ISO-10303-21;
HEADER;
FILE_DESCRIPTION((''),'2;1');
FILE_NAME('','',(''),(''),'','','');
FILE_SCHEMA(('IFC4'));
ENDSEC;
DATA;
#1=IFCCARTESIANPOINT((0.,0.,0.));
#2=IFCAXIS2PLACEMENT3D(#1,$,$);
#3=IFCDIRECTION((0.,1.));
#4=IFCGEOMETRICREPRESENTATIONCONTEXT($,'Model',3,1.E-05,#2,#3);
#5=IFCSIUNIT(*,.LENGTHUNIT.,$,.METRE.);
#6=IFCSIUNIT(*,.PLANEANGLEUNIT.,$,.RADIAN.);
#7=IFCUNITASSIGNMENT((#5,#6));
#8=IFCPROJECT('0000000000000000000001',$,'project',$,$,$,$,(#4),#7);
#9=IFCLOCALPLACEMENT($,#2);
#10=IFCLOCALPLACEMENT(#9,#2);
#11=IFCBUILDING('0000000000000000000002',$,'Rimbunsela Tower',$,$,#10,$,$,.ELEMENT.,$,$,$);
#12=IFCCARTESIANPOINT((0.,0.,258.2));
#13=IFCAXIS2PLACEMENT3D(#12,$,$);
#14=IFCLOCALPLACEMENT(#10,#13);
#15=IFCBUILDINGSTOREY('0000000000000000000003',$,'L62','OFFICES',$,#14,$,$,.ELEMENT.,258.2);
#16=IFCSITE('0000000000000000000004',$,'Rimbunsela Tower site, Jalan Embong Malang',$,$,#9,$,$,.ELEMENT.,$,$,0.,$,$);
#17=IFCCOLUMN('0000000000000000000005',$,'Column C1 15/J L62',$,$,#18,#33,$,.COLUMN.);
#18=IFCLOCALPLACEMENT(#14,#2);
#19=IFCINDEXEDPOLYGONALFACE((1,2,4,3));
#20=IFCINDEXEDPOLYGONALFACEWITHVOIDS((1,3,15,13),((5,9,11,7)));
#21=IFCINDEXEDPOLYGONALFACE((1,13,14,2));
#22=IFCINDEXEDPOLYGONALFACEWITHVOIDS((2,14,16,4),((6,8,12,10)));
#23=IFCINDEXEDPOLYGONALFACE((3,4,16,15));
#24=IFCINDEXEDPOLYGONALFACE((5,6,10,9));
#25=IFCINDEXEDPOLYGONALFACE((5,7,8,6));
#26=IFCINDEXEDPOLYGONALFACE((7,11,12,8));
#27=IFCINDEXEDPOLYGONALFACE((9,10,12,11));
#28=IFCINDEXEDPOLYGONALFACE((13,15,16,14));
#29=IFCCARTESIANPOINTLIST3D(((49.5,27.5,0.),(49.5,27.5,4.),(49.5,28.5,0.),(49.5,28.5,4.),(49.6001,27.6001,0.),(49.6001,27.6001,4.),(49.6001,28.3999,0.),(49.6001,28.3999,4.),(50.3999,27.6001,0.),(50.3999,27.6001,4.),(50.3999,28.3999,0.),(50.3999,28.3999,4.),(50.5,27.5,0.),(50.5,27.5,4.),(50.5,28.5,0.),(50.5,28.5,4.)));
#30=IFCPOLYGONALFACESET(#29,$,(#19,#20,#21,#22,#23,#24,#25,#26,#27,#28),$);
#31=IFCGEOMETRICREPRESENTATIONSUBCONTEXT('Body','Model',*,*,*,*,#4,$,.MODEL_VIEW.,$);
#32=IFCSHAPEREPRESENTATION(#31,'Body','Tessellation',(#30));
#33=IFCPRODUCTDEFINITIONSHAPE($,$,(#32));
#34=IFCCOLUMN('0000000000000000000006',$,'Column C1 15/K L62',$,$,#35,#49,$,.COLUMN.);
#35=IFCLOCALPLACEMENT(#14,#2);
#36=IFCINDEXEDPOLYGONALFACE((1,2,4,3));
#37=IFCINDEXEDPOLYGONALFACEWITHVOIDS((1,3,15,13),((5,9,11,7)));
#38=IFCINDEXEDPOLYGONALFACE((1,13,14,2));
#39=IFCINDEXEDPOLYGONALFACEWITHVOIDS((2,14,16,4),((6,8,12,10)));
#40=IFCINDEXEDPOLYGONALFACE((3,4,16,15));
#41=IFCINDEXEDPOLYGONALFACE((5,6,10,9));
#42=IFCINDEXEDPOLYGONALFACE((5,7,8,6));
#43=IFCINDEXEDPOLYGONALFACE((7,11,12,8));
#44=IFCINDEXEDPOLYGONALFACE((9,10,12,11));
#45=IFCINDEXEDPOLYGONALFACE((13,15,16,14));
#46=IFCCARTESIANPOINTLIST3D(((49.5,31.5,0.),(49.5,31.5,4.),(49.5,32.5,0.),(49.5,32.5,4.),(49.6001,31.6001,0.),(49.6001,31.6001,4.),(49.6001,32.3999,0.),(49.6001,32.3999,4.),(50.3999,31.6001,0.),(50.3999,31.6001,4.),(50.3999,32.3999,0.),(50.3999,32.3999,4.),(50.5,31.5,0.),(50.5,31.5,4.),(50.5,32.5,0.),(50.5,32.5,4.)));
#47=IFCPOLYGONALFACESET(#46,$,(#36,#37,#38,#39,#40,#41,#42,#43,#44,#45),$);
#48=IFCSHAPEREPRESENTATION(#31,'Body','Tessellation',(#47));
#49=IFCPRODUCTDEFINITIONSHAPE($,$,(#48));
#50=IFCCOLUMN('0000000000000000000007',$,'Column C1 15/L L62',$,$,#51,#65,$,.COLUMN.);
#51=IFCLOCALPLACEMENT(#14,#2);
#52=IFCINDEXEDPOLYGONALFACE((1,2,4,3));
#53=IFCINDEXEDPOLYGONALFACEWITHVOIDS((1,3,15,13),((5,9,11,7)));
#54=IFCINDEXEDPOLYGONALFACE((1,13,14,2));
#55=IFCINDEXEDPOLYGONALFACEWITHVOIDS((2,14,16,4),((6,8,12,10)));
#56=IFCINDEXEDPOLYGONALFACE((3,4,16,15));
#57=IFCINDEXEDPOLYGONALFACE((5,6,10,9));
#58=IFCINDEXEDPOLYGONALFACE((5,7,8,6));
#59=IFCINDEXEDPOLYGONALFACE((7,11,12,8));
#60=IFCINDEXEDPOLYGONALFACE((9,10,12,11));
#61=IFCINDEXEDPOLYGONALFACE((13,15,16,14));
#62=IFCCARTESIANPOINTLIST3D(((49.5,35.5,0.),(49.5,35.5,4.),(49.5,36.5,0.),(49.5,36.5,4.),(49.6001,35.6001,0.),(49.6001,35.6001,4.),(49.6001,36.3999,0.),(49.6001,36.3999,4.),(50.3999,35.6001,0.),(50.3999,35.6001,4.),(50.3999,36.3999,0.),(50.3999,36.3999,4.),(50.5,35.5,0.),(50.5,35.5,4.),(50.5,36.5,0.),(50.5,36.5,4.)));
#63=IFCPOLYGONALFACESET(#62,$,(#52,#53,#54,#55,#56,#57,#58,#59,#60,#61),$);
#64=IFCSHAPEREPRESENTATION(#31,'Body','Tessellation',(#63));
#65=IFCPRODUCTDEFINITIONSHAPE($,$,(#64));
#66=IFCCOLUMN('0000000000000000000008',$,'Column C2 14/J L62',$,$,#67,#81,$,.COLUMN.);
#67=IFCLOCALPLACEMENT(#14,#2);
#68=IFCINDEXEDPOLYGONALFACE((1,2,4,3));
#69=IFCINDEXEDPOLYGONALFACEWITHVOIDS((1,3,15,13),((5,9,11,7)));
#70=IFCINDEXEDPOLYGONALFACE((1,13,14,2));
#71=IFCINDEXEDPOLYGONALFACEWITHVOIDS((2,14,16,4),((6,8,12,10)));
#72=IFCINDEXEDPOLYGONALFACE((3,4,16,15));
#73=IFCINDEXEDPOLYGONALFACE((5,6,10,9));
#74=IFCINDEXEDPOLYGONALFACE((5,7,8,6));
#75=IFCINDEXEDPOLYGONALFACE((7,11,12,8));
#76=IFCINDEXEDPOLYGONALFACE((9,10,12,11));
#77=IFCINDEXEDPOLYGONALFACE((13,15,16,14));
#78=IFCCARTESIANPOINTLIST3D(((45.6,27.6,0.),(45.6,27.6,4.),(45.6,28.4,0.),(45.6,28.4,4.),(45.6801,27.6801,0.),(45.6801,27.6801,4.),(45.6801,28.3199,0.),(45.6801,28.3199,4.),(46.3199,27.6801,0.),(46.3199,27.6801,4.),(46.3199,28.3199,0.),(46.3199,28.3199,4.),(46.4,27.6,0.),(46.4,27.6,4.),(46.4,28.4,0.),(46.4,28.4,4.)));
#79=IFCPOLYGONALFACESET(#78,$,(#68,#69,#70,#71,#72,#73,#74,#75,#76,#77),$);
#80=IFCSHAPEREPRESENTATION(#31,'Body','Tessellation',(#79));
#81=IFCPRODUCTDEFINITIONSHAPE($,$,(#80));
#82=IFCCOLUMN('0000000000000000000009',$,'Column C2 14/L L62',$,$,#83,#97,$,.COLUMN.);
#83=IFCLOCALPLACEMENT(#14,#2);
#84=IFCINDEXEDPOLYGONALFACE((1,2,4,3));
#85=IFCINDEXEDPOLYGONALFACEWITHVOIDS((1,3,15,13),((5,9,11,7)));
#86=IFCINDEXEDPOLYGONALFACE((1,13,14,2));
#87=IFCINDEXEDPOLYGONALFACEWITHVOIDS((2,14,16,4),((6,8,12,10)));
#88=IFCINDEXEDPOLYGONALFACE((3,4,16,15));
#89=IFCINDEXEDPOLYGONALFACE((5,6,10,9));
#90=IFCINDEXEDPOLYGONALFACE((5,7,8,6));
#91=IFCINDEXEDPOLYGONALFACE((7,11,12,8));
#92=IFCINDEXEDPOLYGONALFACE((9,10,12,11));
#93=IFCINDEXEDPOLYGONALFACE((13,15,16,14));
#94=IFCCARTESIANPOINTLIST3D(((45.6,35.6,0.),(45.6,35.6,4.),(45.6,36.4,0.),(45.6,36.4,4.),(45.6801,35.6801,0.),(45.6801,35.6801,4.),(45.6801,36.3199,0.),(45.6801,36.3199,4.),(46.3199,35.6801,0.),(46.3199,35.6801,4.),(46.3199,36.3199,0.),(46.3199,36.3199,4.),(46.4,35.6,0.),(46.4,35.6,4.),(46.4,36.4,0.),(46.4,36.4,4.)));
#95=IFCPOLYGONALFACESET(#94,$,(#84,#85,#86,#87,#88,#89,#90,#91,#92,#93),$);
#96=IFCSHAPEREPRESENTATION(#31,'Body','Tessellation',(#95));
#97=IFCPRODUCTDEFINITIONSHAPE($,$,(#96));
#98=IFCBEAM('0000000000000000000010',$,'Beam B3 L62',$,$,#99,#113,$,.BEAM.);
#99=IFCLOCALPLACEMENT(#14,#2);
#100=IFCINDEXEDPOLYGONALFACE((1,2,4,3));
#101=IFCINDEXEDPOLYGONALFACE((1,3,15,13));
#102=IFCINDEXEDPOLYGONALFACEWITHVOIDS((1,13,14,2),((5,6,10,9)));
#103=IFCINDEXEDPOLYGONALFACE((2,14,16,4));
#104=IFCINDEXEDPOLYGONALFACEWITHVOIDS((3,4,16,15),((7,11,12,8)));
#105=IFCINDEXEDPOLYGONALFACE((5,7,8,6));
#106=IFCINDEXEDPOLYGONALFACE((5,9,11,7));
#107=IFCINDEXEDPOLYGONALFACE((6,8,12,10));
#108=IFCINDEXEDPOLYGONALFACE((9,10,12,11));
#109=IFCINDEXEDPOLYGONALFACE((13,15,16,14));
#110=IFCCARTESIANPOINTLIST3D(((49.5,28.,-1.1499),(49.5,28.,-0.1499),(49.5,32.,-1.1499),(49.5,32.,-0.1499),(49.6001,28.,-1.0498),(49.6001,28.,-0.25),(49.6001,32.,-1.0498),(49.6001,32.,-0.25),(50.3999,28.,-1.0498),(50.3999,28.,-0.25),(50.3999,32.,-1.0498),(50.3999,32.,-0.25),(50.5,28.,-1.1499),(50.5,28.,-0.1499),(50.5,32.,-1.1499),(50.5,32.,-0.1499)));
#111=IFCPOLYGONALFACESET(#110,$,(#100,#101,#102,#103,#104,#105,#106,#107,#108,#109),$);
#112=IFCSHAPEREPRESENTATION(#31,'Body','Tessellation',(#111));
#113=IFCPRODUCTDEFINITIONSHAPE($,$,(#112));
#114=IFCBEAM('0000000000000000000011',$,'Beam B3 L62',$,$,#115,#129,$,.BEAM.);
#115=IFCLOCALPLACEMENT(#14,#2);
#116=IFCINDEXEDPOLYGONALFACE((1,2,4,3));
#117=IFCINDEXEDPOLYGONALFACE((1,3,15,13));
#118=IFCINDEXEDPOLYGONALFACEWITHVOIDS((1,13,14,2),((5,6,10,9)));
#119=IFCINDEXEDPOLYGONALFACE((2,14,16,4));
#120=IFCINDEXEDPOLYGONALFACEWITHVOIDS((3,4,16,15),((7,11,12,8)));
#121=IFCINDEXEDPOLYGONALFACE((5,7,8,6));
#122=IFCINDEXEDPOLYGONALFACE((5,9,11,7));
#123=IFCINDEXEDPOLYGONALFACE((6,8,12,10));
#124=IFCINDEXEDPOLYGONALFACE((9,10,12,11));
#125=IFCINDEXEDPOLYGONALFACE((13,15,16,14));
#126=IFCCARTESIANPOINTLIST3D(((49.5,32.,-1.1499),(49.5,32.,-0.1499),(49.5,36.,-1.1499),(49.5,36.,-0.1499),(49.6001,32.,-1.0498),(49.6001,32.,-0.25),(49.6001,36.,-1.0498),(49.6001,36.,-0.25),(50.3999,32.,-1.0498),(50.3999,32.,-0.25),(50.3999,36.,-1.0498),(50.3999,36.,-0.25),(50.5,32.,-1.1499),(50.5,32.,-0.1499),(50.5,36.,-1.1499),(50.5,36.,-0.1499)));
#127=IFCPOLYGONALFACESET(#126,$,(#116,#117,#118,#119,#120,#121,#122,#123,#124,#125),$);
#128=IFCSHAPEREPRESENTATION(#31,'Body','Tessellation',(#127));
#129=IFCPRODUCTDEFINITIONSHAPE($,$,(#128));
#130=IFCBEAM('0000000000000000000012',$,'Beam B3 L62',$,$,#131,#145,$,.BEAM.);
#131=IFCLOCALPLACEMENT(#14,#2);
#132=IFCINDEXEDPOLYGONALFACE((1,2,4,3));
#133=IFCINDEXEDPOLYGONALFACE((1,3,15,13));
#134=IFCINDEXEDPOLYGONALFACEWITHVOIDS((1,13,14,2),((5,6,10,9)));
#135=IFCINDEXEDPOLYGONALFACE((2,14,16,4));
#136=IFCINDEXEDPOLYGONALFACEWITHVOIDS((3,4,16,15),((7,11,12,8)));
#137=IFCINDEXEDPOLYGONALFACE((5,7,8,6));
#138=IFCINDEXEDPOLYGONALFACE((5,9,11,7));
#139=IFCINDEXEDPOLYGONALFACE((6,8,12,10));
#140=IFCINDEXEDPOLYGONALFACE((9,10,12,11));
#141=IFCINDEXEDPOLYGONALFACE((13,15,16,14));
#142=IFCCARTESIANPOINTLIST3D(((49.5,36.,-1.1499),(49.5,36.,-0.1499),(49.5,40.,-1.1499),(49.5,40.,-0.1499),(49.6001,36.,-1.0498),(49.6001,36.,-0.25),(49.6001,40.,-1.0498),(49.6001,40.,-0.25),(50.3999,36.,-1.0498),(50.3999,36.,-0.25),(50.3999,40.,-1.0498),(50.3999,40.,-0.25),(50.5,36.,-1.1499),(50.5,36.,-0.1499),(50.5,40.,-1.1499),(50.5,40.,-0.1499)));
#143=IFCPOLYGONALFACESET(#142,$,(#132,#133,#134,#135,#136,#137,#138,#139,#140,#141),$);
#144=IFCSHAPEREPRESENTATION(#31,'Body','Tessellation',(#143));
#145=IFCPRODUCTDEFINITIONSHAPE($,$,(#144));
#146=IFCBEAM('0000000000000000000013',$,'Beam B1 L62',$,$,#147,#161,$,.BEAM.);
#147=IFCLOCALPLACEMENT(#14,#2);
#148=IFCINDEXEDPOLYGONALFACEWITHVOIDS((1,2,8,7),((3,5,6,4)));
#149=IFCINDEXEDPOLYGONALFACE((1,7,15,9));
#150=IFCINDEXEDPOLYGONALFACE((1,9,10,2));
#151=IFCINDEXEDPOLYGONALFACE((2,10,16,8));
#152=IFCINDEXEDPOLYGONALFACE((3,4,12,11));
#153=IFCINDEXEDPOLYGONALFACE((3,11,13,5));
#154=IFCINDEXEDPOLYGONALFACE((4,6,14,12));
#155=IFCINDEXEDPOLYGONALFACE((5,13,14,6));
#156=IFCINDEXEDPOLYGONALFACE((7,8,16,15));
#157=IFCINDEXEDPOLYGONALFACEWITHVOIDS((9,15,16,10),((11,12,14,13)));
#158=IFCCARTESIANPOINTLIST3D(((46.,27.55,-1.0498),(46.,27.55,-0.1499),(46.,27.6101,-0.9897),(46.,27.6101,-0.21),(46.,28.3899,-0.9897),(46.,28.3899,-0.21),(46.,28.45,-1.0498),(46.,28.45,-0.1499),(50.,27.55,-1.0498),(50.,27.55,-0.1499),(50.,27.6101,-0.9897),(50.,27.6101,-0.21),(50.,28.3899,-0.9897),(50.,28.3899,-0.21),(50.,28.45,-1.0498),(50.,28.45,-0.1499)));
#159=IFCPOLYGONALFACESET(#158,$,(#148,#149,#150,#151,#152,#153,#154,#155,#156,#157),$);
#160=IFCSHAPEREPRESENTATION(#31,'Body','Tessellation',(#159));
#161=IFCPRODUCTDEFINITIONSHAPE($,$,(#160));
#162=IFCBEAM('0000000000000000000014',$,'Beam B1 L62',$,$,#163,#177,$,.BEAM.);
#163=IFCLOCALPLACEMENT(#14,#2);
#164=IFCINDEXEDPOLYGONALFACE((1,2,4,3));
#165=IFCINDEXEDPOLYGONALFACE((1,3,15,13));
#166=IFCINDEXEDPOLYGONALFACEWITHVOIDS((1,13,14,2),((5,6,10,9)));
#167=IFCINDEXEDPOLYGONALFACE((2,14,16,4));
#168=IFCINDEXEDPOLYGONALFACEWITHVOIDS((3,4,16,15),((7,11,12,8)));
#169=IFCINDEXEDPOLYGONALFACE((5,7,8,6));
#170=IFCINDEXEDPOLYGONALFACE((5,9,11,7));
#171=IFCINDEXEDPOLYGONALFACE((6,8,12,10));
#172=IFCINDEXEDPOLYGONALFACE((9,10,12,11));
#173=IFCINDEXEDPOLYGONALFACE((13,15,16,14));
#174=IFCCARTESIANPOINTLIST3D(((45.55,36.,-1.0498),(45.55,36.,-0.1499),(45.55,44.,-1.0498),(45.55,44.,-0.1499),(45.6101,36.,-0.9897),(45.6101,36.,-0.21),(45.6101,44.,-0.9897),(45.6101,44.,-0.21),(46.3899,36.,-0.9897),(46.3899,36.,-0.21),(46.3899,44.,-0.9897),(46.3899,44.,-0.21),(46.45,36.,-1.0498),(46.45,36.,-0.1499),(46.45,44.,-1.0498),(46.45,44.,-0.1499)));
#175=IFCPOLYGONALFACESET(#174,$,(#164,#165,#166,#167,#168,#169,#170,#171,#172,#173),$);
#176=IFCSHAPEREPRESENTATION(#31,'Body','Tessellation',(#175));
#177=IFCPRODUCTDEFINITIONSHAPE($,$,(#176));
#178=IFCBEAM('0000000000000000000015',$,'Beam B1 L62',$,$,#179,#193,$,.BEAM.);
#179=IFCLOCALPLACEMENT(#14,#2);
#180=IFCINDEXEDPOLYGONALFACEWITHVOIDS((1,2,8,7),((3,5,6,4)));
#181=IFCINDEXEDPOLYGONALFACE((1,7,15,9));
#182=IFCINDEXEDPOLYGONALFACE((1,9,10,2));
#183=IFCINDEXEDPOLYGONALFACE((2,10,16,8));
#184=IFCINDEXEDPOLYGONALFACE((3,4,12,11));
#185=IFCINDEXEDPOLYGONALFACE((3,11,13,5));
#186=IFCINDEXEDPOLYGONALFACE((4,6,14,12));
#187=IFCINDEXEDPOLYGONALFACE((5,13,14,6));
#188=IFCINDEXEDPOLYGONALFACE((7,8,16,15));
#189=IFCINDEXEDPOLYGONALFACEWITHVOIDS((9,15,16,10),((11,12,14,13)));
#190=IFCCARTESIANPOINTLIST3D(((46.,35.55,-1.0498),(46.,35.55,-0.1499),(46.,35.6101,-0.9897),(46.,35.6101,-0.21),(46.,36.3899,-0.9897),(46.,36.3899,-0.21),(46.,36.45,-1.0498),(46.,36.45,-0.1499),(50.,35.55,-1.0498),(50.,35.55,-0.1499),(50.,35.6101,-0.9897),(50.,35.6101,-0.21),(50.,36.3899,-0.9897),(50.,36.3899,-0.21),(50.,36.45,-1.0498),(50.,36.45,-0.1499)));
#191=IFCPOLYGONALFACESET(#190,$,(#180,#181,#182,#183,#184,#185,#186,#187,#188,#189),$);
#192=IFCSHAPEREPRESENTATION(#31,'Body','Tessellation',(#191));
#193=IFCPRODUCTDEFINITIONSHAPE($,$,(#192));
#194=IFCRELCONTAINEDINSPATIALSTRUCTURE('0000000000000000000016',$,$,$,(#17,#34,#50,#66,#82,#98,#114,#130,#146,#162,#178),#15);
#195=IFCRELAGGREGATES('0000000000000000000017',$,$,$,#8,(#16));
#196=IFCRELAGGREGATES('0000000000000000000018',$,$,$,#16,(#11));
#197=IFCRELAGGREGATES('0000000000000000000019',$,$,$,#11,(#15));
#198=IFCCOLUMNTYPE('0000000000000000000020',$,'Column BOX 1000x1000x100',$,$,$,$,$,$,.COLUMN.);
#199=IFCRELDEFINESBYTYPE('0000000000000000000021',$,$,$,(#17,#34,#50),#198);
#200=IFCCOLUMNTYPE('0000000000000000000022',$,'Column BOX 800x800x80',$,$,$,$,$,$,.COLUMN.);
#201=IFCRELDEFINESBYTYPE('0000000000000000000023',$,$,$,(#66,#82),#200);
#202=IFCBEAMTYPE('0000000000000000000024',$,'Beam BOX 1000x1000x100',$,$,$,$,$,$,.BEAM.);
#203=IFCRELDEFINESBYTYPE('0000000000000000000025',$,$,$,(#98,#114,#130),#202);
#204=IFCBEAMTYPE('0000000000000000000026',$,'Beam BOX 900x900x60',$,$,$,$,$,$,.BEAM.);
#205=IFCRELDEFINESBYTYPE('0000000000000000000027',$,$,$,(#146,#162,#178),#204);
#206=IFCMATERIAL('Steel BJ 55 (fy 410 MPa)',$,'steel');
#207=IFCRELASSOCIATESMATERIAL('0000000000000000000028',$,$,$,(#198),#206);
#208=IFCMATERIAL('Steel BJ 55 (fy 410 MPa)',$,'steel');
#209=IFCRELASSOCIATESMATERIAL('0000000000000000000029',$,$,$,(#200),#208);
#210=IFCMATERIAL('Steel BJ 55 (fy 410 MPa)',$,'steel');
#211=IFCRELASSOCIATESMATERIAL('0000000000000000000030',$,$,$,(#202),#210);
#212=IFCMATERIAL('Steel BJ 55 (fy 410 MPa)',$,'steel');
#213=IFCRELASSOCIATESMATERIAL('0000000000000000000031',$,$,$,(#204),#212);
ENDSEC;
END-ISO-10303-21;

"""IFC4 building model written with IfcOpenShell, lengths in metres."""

from ifc_helpers import new_model, si_unit, direction, frame, origin, origin_2d, place, context, subcontext, project, spatial, hollow_rectangle, extrude, material, material_profile, profile_set, type_object, element, save


model = new_model("IFC4")

# Units and contexts
model_context = context("Model", 3, precision=1e-05, world=origin(), true_north=direction((0.0, 1.0)))
body_context = subcontext(model_context, "Body", "Model", "MODEL_VIEW")
ifc_project = project(units=[si_unit("LENGTHUNIT", "METRE"), si_unit("PLANEANGLEUNIT", "RADIAN")], contexts=[model_context])

# Site, building, storey
site_placement = place(None, origin())
site = spatial("IfcSite", under=ifc_project, at=site_placement, Name="Rimbunsela Tower site, Jalan Embong Malang", CompositionType="ELEMENT", RefElevation=0.0)
building_placement = place(site_placement, origin())
building = spatial("IfcBuilding", under=site, at=building_placement, Name="Rimbunsela Tower", CompositionType="ELEMENT")
storey_placement = place(building_placement, frame((0.0, 0.0, 258.2)))
storey = spatial("IfcBuildingStorey", under=building, at=storey_placement, Name="L62", Description="OFFICES", CompositionType="ELEMENT", Elevation=258.2)

# Columns
ifc_material_1 = material(Name="Steel BJ 55 (fy 410 MPa)", Category="steel")
ifc_material_profile_1 = material_profile(ifc_material_1, hollow_rectangle(XDim=1.0, YDim=1.0, WallThickness=0.1001, at=origin_2d()), Name="BOX 1000x1000x100")
ifc_profile_set_1 = profile_set([ifc_material_profile_1], Name="Steel BJ 55 (fy 410 MPa)")
column_type_1 = type_object("IfcColumnType", Name="Column BOX 1000x1000x100", PredefinedType="COLUMN", material=ifc_profile_set_1)
for number, where, z_axis, x_axis, name in (
    (1, (50.0, 28.0, 0.0), (0.0, 0.0, 1.0), (1.0, 0.0, 0.0), "Column C1 15/J L62"),
    (2, (50.0, 32.0, 0.0), (0.0, 0.0, 1.0), (1.0, 0.0, 0.0), "Column C1 15/K L62"),
    (3, (50.0, 36.0, 0.0), (0.0, 0.0, 1.0), (1.0, 0.0, 0.0), "Column C1 15/L L62"),
):
    element("IfcColumn", number, at=place(storey_placement, frame(where, z_axis=z_axis, x_axis=x_axis)), inside=storey, type_object=column_type_1, Name=name, PredefinedType="COLUMN", context=body_context, shape_type="SweptSolid", body=[
        extrude(hollow_rectangle(XDim=1.0, YDim=1.0, WallThickness=0.1001, at=origin_2d()), origin(), (0.0, 0.0, 1.0), 4.0),
    ])
ifc_material_2 = material(Name="Steel BJ 55 (fy 410 MPa)", Category="steel")
ifc_material_profile_2 = material_profile(ifc_material_2, hollow_rectangle(XDim=0.8, YDim=0.8, WallThickness=0.0801, at=origin_2d()), Name="BOX 800x800x80")
ifc_profile_set_2 = profile_set([ifc_material_profile_2], Name="Steel BJ 55 (fy 410 MPa)")
column_type_2 = type_object("IfcColumnType", Name="Column BOX 800x800x80", PredefinedType="COLUMN", material=ifc_profile_set_2)
for number, where, z_axis, x_axis, name in (
    (4, (46.0, 28.0, 0.0), (0.0, 0.0, 1.0), (1.0, 0.0, 0.0), "Column C2 14/J L62"),
    (5, (46.0, 36.0, 0.0), (0.0, 0.0, 1.0), (1.0, 0.0, 0.0), "Column C2 14/L L62"),
):
    element("IfcColumn", number, at=place(storey_placement, frame(where, z_axis=z_axis, x_axis=x_axis)), inside=storey, type_object=column_type_2, Name=name, PredefinedType="COLUMN", context=body_context, shape_type="SweptSolid", body=[
        extrude(hollow_rectangle(XDim=0.8, YDim=0.8, WallThickness=0.0801, at=origin_2d()), origin(), (0.0, 0.0, 1.0), 4.0),
    ])

# Beams
ifc_material_3 = material(Name="Steel BJ 55 (fy 410 MPa)", Category="steel")
ifc_material_profile_3 = material_profile(ifc_material_3, hollow_rectangle(XDim=1.0, YDim=1.0, WallThickness=0.1001, at=origin_2d()), Name="BOX 1000x1000x100")
ifc_profile_set_3 = profile_set([ifc_material_profile_3], Name="Steel BJ 55 (fy 410 MPa)")
beam_type_1 = type_object("IfcBeamType", Name="Beam BOX 1000x1000x100", PredefinedType="BEAM", material=ifc_profile_set_3)
for number, where, z_axis, x_axis, name in (
    (6, (50.0, 28.0, -0.6499), (0.0, 1.0, 0.0), (-1.0, 0.0, 0.0), "Beam B3 L62"),
    (7, (50.0, 32.0, -0.6499), (0.0, 1.0, 0.0), (-1.0, 0.0, 0.0), "Beam B3 L62"),
    (8, (50.0, 36.0, -0.6499), (0.0, 1.0, 0.0), (-1.0, 0.0, 0.0), "Beam B3 L62"),
):
    element("IfcBeam", number, at=place(storey_placement, frame(where, z_axis=z_axis, x_axis=x_axis)), inside=storey, type_object=beam_type_1, Name=name, PredefinedType="BEAM", context=body_context, shape_type="SweptSolid", body=[
        extrude(hollow_rectangle(XDim=1.0, YDim=1.0, WallThickness=0.1001, at=origin_2d()), origin(), (0.0, 0.0, 1.0), 4.0),
    ])
ifc_material_4 = material(Name="Steel BJ 55 (fy 410 MPa)", Category="steel")
ifc_material_profile_4 = material_profile(ifc_material_4, hollow_rectangle(XDim=0.8999, YDim=0.8999, WallThickness=0.0601, at=origin_2d()), Name="BOX 900x900x60")
ifc_profile_set_4 = profile_set([ifc_material_profile_4], Name="Steel BJ 55 (fy 410 MPa)")
beam_type_2 = type_object("IfcBeamType", Name="Beam BOX 900x900x60", PredefinedType="BEAM", material=ifc_profile_set_4)
beam_1_placement = place(storey_placement, frame((46.0, 28.0, -0.5999), z_axis=(1.0, 0.0, 0.0), x_axis=(0.0, 1.0, 0.0)))
element("IfcBeam", 9, at=beam_1_placement, inside=storey, type_object=beam_type_2, Name="Beam B1 L62", PredefinedType="BEAM", context=body_context, shape_type="SweptSolid", body=[
    extrude(hollow_rectangle(XDim=0.8999, YDim=0.8999, WallThickness=0.0601, at=origin_2d()), origin(), (0.0, 0.0, 1.0), 4.0),
])
beam_2_placement = place(storey_placement, frame((46.0, 36.0, -0.5999), z_axis=(0.0, 1.0, 0.0), x_axis=(-1.0, 0.0, 0.0)))
element("IfcBeam", 10, at=beam_2_placement, inside=storey, type_object=beam_type_2, Name="Beam B1 L62", PredefinedType="BEAM", context=body_context, shape_type="SweptSolid", body=[
    extrude(hollow_rectangle(XDim=0.8999, YDim=0.8999, WallThickness=0.0601, at=origin_2d()), origin(), (0.0, 0.0, 1.0), 8.0),
])
beam_3_placement = place(storey_placement, frame((46.0, 36.0, -0.5999), z_axis=(1.0, 0.0, 0.0), x_axis=(0.0, 1.0, 0.0)))
element("IfcBeam", 11, at=beam_3_placement, inside=storey, type_object=beam_type_2, Name="Beam B1 L62", PredefinedType="BEAM", context=body_context, shape_type="SweptSolid", body=[
    extrude(hollow_rectangle(XDim=0.8999, YDim=0.8999, WallThickness=0.0601, at=origin_2d()), origin(), (0.0, 0.0, 1.0), 4.0),
])

save(model, "model.ifc")
